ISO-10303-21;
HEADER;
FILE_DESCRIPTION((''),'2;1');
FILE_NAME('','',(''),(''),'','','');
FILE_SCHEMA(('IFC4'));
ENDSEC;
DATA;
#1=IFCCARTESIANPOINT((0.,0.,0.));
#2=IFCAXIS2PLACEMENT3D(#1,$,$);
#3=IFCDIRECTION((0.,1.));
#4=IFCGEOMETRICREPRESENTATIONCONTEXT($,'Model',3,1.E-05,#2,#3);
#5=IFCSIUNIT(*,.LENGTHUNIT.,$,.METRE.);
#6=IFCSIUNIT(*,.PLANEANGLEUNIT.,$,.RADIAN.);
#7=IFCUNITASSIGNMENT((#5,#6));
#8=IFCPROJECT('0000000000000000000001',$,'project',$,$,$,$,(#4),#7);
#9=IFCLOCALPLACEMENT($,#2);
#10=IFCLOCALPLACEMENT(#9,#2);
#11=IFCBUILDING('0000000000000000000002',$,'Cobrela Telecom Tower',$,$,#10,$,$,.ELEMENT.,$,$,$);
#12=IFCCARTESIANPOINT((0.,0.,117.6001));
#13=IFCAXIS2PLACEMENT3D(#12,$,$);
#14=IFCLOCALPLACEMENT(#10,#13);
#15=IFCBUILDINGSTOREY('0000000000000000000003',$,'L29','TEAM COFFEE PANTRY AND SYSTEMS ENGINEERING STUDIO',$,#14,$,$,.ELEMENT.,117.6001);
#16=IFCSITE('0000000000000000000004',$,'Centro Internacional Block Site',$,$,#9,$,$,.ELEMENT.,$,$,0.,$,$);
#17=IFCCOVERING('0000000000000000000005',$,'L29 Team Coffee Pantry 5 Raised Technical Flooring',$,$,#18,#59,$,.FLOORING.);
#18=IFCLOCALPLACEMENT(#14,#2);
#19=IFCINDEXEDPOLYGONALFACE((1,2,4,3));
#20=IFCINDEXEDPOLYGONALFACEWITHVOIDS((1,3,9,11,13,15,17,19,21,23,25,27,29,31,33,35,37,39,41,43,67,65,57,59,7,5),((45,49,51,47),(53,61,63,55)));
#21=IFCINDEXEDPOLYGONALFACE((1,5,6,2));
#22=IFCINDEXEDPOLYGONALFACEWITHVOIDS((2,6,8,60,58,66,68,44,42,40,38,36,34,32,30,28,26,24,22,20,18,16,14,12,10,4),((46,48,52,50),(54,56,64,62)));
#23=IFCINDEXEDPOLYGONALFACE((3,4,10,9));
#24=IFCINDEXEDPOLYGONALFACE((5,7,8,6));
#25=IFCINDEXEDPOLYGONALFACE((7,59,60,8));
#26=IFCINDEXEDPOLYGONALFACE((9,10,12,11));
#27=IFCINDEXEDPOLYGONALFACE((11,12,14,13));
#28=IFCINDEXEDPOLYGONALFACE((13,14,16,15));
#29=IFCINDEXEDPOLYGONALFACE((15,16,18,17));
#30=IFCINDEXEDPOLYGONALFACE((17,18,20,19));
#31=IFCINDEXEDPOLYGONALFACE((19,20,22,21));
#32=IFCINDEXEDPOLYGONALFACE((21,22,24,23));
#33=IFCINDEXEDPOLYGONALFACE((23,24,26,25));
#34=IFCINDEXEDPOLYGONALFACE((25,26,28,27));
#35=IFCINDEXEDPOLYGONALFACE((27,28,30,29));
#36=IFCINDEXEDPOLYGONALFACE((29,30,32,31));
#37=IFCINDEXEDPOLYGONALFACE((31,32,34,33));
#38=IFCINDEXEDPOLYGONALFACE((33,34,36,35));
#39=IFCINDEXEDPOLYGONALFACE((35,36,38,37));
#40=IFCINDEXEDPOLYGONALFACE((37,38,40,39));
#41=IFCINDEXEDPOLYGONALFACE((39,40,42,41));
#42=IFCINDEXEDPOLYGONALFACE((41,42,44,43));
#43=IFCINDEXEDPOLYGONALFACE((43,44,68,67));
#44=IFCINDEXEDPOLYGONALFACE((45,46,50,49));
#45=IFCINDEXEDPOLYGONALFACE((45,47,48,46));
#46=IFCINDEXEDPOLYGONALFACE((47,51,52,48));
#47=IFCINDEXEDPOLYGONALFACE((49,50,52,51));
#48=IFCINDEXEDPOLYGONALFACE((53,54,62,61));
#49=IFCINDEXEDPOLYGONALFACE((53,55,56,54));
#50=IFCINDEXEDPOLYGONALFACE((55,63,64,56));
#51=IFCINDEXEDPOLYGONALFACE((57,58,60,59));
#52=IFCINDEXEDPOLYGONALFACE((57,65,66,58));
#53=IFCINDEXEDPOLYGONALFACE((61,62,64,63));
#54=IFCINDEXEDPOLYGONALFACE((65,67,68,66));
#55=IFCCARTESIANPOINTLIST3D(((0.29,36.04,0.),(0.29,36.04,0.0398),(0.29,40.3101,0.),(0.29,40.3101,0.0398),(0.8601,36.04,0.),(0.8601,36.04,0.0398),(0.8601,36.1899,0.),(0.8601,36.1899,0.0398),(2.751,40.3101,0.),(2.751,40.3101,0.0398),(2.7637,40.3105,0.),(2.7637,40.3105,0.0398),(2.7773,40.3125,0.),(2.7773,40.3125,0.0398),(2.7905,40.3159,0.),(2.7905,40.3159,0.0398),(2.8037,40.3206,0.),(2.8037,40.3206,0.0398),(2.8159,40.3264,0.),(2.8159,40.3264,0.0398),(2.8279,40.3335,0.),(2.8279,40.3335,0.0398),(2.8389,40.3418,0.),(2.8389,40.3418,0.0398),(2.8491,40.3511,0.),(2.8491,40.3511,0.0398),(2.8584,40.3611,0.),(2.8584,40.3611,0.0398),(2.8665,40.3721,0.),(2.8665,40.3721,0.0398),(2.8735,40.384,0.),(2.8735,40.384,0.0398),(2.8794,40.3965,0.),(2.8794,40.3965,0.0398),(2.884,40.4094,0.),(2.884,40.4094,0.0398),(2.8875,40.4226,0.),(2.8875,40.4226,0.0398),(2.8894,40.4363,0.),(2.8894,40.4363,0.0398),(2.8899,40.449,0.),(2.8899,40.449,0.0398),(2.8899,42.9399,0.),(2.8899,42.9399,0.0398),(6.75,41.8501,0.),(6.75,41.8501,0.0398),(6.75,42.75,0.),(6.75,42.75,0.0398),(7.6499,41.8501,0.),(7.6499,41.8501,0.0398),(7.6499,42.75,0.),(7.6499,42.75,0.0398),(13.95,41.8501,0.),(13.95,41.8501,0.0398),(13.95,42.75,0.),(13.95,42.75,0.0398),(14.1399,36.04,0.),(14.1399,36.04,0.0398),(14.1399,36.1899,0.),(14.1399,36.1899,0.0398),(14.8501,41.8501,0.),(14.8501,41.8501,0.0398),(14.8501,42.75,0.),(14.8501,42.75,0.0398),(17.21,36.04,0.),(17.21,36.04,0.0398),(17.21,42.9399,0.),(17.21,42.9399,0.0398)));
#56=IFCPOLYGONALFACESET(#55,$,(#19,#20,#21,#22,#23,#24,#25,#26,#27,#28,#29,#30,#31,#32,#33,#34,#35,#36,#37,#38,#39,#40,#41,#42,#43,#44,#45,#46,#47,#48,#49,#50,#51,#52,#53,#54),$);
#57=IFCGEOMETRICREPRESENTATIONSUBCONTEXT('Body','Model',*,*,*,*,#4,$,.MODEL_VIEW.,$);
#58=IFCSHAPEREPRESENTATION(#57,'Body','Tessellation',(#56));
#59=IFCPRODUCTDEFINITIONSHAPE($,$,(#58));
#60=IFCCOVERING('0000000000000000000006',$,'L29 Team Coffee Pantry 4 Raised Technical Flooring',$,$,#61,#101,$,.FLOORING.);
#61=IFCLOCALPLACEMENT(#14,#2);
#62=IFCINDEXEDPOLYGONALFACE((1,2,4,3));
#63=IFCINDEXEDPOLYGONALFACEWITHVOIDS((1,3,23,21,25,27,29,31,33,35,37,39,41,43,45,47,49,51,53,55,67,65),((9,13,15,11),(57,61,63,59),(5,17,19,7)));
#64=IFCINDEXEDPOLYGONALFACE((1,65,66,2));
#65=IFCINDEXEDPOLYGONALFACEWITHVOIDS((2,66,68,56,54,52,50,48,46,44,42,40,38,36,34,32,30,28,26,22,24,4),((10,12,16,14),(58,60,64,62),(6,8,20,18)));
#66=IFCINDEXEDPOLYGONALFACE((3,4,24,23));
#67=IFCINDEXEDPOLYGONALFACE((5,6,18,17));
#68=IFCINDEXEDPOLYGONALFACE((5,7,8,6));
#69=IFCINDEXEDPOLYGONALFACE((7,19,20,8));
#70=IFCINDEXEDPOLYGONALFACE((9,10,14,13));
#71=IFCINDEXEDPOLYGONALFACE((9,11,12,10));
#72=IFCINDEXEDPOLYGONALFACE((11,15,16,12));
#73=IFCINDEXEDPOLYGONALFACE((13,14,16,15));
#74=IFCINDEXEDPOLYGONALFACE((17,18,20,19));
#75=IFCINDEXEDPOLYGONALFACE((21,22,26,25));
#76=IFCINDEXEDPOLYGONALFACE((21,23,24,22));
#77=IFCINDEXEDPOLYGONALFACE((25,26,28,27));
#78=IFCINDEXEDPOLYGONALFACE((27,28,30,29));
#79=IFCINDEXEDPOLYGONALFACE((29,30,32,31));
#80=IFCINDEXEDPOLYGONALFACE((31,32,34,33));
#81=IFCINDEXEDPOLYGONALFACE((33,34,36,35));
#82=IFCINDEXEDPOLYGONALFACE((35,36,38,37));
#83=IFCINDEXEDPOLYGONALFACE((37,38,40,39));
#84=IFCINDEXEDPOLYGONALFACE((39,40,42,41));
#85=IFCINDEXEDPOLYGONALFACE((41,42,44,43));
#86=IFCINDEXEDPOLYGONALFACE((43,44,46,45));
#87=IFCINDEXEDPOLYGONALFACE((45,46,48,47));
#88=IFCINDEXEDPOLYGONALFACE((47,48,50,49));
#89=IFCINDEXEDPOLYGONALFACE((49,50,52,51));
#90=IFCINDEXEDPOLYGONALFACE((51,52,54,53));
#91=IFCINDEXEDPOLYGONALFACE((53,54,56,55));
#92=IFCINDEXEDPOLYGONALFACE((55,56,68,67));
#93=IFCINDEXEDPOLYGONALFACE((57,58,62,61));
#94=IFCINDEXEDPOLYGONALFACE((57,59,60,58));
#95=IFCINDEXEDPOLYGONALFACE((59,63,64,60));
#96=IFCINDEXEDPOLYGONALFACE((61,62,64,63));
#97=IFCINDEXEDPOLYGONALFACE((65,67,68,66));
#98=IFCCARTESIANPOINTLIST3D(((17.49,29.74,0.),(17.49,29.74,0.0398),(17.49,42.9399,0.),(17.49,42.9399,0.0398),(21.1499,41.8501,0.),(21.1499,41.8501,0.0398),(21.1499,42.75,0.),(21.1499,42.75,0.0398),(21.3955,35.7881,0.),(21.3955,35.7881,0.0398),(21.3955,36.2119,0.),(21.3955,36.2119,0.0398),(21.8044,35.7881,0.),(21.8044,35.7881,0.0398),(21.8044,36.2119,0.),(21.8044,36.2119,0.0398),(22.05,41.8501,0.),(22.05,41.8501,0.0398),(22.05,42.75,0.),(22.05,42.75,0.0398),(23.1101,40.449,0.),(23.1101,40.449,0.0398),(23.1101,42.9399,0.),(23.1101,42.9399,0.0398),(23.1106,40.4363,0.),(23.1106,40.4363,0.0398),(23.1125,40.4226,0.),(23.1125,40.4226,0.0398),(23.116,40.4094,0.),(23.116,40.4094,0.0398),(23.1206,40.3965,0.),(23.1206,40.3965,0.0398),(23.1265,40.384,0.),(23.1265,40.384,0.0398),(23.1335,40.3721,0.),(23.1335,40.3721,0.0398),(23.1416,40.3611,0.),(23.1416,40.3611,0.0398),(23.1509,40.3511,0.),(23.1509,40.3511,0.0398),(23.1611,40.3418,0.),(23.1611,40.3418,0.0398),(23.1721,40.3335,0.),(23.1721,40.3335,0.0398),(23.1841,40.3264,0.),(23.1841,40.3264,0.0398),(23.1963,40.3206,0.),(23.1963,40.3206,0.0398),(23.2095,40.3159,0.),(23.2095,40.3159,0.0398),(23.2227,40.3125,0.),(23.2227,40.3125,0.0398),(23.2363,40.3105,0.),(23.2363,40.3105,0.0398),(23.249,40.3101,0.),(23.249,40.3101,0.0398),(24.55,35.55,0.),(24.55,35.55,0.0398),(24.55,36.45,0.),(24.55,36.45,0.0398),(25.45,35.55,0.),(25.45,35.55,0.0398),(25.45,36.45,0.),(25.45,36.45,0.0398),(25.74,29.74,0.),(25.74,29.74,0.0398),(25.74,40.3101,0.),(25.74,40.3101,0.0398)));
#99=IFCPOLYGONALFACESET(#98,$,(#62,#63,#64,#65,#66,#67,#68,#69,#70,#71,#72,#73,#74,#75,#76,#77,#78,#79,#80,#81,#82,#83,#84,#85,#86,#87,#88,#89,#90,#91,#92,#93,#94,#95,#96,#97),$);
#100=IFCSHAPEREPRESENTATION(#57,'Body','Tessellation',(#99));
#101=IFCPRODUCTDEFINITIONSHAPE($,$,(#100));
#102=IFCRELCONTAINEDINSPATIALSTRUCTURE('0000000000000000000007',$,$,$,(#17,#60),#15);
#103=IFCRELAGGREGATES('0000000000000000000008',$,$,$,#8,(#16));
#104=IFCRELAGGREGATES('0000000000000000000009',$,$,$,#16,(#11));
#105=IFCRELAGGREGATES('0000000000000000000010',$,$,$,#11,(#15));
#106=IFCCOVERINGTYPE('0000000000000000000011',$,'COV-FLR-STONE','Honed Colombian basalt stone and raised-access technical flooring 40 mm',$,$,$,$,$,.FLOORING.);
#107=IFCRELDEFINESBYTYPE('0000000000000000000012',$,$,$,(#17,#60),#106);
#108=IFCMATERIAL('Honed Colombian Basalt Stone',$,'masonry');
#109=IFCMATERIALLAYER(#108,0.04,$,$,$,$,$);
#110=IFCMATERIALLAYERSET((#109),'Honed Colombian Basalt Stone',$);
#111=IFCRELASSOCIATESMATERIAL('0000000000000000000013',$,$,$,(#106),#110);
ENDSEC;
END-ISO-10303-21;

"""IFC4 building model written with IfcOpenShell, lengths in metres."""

from ifc_helpers import new_model, si_unit, direction, frame, origin, place, context, subcontext, project, spatial, polyline, outline, extrude, material, layer, layer_set, type_object, element, save


model = new_model("IFC4")

# Units and contexts
model_context = context("Model", 3, precision=1e-05, world=origin(), true_north=direction((0.0, 1.0)))
body_context = subcontext(model_context, "Body", "Model", "MODEL_VIEW")
ifc_project = project(units=[si_unit("LENGTHUNIT", "METRE"), si_unit("PLANEANGLEUNIT", "RADIAN")], contexts=[model_context])

# Site, building, storey
site_placement = place(None, origin())
site = spatial("IfcSite", under=ifc_project, at=site_placement, Name="Centro Internacional Block Site", CompositionType="ELEMENT", RefElevation=0.0)
building_placement = place(site_placement, origin())
building = spatial("IfcBuilding", under=site, at=building_placement, Name="Cobrela Telecom Tower", CompositionType="ELEMENT")
storey_placement = place(building_placement, frame((0.0, 0.0, 117.6001)))
storey = spatial("IfcBuildingStorey", under=building, at=storey_placement, Name="L29", Description="TEAM COFFEE PANTRY AND SYSTEMS ENGINEERING STUDIO", CompositionType="ELEMENT", Elevation=117.6001)

# Coverings
ifc_material_1 = material(Name="Honed Colombian Basalt Stone", Category="masonry")
ifc_layer_1 = layer(ifc_material_1, 0.04)
ifc_layer_set_1 = layer_set([ifc_layer_1], Name="Honed Colombian Basalt Stone")
covering_type_1 = type_object("IfcCoveringType", Name="COV-FLR-STONE", Description="Honed Colombian basalt stone and raised-access technical flooring 40 mm", PredefinedType="FLOORING", material=ifc_layer_set_1)
covering_1_placement = place(storey_placement, origin())
element("IfcCovering", 1, at=covering_1_placement, inside=storey, type_object=covering_type_1, Name="L29 Team Coffee Pantry 5 Raised Technical Flooring", PredefinedType="FLOORING", context=body_context, shape_type="SweptSolid", body=[
    extrude(outline(polyline([(14.1399, 36.1899), (0.8601, 36.1899), (0.8601, 36.04), (0.29, 36.04), (0.29, 40.3101), (2.751, 40.3101), (2.7637, 40.3105), (2.7773, 40.3125), (2.7905, 40.3159), (2.8037, 40.3206), (2.8159, 40.3264), (2.8279, 40.3335), (2.8389, 40.3418), (2.8491, 40.3511), (2.8584, 40.3611), (2.8665, 40.3721), (2.8735, 40.384), (2.8794, 40.3965), (2.884, 40.4094), (2.8875, 40.4226), (2.8894, 40.4363), (2.8899, 40.449), (2.8899, 42.9399), (17.21, 42.9399), (17.21, 36.04), (14.1399, 36.04), (14.1399, 36.1899)]), holes=[polyline([(7.6499, 41.8501), (7.6499, 42.75), (6.75, 42.75), (6.75, 41.8501), (7.6499, 41.8501)]), polyline([(14.8501, 41.8501), (14.8501, 42.75), (13.95, 42.75), (13.95, 41.8501), (14.8501, 41.8501)])]), origin(), (0.0, 0.0, 1.0), 0.0398),
])
covering_2_placement = place(storey_placement, origin())
element("IfcCovering", 2, at=covering_2_placement, inside=storey, type_object=covering_type_1, Name="L29 Team Coffee Pantry 4 Raised Technical Flooring", PredefinedType="FLOORING", context=body_context, shape_type="SweptSolid", body=[
    extrude(outline(polyline([(23.1101, 42.9399), (23.1101, 40.449), (23.1106, 40.4363), (23.1125, 40.4226), (23.116, 40.4094), (23.1206, 40.3965), (23.1265, 40.384), (23.1335, 40.3721), (23.1416, 40.3611), (23.1509, 40.3511), (23.1611, 40.3418), (23.1721, 40.3335), (23.1841, 40.3264), (23.1963, 40.3206), (23.2095, 40.3159), (23.2227, 40.3125), (23.2363, 40.3105), (23.249, 40.3101), (25.74, 40.3101), (25.74, 29.74), (17.49, 29.74), (17.49, 42.9399), (23.1101, 42.9399)]), holes=[polyline([(21.8044, 35.7881), (21.8044, 36.2119), (21.3955, 36.2119), (21.3955, 35.7881), (21.8044, 35.7881)]), polyline([(25.45, 35.55), (25.45, 36.45), (24.55, 36.45), (24.55, 35.55), (25.45, 35.55)]), polyline([(22.05, 41.8501), (22.05, 42.75), (21.1499, 42.75), (21.1499, 41.8501), (22.05, 41.8501)])]), origin(), (0.0, 0.0, 1.0), 0.0398),
])

save(model, "model.ifc")
